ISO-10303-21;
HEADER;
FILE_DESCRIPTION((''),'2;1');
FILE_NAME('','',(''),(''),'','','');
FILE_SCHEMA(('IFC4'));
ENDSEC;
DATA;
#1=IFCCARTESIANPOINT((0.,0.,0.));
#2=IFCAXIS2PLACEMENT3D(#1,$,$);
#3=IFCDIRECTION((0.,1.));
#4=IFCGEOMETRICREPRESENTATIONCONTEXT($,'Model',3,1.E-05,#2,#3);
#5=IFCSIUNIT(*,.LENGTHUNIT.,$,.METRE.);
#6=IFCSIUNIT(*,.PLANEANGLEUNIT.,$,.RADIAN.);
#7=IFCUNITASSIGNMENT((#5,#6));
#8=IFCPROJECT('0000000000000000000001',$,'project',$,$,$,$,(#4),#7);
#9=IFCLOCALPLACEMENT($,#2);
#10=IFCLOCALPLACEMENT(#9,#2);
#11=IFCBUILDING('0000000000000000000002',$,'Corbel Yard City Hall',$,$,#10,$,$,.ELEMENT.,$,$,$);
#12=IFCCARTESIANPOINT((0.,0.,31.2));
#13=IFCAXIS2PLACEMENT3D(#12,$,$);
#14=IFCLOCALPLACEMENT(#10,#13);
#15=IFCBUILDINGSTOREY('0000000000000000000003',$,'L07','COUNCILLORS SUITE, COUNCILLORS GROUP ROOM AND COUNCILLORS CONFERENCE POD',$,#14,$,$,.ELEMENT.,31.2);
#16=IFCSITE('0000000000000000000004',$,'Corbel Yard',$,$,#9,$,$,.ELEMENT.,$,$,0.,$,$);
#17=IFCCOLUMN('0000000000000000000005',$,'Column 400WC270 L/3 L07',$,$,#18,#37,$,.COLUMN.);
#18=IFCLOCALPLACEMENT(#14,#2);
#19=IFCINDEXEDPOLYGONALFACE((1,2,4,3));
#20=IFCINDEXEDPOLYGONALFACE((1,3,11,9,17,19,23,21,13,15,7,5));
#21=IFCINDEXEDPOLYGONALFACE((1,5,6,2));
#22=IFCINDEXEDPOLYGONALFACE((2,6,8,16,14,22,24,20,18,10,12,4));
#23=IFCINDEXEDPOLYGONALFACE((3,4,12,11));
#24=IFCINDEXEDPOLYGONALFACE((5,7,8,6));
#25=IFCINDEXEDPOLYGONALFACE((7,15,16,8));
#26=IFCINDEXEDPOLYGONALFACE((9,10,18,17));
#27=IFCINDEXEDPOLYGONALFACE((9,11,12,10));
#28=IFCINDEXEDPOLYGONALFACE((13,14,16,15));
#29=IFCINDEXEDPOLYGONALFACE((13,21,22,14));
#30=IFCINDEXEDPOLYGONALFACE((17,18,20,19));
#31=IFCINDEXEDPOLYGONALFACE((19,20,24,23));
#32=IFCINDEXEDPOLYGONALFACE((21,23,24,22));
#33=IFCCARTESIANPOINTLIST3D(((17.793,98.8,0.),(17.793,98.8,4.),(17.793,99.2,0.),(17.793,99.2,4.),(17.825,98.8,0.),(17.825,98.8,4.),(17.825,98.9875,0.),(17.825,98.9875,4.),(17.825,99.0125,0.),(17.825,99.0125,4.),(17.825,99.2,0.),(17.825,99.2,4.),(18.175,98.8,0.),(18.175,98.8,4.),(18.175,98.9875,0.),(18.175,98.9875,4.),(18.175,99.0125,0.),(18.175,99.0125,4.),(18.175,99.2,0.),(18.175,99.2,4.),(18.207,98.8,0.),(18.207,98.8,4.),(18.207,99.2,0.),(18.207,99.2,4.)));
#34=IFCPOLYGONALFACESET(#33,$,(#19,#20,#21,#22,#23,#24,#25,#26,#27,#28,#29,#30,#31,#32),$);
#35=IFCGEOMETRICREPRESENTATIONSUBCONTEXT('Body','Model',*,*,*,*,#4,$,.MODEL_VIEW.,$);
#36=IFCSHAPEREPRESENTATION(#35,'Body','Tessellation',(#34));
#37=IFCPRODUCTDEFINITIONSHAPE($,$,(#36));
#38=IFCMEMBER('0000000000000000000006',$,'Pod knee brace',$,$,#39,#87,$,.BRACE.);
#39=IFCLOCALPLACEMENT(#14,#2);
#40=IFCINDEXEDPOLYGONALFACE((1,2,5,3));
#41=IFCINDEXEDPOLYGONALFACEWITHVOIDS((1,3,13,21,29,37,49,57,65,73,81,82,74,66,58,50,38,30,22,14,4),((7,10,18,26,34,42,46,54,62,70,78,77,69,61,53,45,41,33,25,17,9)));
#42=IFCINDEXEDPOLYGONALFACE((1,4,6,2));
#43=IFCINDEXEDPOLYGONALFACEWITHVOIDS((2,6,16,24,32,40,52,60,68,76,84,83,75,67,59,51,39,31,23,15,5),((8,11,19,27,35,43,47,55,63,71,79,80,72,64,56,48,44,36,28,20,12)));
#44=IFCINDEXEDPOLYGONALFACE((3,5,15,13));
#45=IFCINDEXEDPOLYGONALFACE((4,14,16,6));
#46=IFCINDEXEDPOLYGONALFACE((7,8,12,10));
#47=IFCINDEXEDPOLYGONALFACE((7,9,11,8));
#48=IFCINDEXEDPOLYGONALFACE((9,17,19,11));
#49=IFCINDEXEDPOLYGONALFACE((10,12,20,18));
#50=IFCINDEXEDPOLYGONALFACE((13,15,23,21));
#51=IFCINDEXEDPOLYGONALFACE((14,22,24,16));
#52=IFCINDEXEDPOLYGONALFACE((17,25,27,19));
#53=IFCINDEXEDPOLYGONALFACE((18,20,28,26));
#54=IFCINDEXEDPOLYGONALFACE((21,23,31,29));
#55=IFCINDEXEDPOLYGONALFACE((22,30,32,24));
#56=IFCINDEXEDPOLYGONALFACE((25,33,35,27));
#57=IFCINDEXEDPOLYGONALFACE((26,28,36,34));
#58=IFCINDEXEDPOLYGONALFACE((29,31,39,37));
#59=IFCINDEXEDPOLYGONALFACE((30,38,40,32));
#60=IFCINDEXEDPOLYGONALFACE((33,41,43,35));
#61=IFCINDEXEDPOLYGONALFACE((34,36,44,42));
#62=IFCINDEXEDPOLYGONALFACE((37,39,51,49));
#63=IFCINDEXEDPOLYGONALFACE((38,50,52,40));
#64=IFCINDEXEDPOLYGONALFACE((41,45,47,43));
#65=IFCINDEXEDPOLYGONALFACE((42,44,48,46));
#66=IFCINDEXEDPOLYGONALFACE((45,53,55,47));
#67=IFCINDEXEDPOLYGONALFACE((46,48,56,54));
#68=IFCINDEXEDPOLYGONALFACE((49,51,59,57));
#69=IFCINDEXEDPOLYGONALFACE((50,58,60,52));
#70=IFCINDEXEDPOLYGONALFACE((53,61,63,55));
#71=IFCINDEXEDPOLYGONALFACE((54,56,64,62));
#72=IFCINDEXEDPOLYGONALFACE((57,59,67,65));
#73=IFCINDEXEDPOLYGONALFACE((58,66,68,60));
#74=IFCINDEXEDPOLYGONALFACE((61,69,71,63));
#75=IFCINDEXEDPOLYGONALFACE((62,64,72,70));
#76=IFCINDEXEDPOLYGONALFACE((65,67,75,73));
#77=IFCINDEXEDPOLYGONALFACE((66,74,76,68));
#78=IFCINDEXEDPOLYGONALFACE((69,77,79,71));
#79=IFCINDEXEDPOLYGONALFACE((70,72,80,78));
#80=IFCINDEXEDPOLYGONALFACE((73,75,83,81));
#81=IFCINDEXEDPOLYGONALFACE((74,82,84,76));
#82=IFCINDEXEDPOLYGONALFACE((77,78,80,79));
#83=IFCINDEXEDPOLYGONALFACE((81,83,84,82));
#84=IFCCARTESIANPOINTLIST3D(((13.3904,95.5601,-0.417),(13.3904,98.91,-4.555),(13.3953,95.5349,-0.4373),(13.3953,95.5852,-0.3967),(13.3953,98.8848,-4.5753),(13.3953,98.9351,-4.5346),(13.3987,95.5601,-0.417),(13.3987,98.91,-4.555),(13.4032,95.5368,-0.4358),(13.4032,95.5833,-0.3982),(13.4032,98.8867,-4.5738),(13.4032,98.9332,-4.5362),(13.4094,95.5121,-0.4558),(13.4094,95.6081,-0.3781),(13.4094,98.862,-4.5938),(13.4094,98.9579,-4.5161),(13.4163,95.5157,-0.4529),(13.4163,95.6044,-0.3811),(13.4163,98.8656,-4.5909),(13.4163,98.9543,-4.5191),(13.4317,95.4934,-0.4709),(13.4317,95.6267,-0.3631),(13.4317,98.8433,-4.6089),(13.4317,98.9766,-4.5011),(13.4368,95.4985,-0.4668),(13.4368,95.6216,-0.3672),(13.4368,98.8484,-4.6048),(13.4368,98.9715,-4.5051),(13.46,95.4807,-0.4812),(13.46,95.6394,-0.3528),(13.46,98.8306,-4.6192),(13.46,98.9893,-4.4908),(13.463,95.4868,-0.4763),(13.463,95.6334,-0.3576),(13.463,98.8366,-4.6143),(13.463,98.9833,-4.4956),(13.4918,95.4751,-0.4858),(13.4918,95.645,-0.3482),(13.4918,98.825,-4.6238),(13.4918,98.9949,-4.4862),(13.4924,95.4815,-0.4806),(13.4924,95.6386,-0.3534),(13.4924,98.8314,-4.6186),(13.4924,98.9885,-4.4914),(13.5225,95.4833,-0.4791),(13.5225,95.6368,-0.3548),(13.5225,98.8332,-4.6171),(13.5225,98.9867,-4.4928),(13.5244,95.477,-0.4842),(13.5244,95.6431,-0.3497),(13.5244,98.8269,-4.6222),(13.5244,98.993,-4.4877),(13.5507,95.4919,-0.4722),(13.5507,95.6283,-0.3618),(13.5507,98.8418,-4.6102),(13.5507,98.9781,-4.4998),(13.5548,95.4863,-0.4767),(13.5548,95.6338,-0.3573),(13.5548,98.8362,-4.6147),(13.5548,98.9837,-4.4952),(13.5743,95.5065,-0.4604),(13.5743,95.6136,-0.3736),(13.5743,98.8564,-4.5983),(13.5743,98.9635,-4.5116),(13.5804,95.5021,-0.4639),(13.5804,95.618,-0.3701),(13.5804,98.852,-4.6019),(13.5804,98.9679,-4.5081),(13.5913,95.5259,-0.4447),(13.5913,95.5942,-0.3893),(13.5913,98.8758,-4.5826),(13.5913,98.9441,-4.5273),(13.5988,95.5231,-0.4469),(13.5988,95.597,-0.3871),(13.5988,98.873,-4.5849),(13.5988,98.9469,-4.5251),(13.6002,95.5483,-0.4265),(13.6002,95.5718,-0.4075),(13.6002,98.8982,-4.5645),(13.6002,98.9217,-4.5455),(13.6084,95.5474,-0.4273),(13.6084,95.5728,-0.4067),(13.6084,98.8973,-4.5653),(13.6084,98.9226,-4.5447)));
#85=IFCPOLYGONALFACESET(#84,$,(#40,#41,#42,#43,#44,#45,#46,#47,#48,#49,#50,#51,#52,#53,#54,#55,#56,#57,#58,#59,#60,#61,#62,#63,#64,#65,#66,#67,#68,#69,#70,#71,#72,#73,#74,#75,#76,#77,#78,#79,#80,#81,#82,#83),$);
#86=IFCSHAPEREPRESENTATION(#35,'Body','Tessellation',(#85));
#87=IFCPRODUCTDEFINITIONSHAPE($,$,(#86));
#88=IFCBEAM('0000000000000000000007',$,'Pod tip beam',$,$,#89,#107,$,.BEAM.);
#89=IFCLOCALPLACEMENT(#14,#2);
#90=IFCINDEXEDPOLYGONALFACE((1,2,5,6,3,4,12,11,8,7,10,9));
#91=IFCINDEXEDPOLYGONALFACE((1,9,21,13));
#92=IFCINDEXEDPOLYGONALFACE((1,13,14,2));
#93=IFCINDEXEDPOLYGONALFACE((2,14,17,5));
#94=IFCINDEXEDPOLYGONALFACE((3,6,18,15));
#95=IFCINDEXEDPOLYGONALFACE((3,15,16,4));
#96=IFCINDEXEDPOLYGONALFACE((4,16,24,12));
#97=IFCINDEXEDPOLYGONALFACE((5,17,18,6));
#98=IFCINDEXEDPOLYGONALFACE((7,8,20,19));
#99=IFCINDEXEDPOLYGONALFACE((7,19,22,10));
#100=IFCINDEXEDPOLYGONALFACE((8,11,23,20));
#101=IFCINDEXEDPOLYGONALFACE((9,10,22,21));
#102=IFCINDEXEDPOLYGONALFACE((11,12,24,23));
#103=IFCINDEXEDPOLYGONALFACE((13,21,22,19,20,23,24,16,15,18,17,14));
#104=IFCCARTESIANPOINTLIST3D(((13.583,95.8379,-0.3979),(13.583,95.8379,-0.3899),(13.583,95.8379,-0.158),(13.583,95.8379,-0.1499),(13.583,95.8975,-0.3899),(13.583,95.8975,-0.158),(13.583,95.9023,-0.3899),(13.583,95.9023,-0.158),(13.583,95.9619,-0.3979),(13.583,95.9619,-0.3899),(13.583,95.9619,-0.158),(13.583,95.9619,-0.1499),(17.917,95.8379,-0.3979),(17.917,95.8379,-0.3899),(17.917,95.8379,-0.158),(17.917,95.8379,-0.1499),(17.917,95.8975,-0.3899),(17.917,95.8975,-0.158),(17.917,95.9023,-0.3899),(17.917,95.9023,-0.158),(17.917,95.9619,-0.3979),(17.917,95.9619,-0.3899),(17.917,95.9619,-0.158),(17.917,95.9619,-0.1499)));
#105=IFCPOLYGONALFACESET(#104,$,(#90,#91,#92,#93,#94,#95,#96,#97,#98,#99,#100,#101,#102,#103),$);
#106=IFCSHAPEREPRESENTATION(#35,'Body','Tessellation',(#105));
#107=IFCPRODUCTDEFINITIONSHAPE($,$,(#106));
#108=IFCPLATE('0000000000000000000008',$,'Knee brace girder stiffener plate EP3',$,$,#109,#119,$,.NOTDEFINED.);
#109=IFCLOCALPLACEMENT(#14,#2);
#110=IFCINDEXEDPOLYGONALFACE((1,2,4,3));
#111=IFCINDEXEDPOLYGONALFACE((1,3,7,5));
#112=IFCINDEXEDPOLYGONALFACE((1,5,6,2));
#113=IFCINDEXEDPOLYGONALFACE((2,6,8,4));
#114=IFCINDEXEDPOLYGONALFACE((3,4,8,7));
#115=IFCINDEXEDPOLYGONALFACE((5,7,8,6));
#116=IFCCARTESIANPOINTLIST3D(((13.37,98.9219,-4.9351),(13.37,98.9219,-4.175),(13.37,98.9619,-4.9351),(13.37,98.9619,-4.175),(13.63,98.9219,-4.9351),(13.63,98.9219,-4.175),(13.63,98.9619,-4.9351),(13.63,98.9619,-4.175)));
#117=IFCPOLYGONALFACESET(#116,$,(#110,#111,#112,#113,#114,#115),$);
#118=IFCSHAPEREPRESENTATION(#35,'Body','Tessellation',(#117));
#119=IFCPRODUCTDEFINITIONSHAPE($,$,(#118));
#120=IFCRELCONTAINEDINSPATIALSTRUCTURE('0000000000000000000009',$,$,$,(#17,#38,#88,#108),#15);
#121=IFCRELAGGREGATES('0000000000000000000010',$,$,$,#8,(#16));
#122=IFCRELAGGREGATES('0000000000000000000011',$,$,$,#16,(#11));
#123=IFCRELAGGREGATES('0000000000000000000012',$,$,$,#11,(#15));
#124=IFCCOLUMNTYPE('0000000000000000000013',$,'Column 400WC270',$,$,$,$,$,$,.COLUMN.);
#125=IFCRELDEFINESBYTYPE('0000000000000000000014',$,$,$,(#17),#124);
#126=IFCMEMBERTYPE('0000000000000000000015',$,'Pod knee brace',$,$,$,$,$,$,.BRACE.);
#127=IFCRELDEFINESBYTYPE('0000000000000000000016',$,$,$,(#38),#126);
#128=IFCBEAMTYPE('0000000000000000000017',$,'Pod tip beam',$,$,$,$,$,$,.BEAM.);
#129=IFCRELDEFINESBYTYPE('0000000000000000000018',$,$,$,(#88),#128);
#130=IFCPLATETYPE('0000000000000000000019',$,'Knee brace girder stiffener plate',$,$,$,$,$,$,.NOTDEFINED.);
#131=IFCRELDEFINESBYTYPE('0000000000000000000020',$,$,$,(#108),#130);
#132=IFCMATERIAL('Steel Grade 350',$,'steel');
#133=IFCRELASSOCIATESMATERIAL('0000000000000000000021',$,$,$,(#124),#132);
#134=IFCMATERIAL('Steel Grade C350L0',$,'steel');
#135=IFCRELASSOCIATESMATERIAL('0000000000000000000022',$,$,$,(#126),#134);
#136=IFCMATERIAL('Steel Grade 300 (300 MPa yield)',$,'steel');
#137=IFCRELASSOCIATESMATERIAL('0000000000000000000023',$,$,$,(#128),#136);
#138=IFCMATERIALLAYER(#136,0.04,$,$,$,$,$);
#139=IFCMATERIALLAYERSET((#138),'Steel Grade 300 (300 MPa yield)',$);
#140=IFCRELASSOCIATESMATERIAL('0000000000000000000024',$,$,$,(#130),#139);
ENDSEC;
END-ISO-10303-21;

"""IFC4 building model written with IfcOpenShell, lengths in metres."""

from ifc_helpers import new_model, si_unit, direction, frame, origin, origin_2d, place, context, subcontext, project, spatial, rectangle, hollow_circle, i_section, extrude, material, layer, layer_set, material_profile, profile_set, type_object, element, save


model = new_model("IFC4")

# Units and contexts
model_context = context("Model", 3, precision=1e-05, world=origin(), true_north=direction((0.0, 1.0)))
body_context = subcontext(model_context, "Body", "Model", "MODEL_VIEW")
ifc_project = project(units=[si_unit("LENGTHUNIT", "METRE"), si_unit("PLANEANGLEUNIT", "RADIAN")], contexts=[model_context])

# Site, building, storey
site_placement = place(None, origin())
site = spatial("IfcSite", under=ifc_project, at=site_placement, Name="Corbel Yard", CompositionType="ELEMENT", RefElevation=0.0)
building_placement = place(site_placement, origin())
building = spatial("IfcBuilding", under=site, at=building_placement, Name="Corbel Yard City Hall", CompositionType="ELEMENT")
storey_placement = place(building_placement, frame((0.0, 0.0, 31.2)))
storey = spatial("IfcBuildingStorey", under=building, at=storey_placement, Name="L07", Description="COUNCILLORS SUITE, COUNCILLORS GROUP ROOM AND COUNCILLORS CONFERENCE POD", CompositionType="ELEMENT", Elevation=31.2)

# Column
ifc_material_1 = material(Name="Steel Grade 350", Category="steel")
ifc_material_profile_1 = material_profile(ifc_material_1, i_section(OverallWidth=0.3999, OverallDepth=0.4141, WebThickness=0.0249, FlangeThickness=0.032, at=origin_2d()), Name="400WC270")
ifc_profile_set_1 = profile_set([ifc_material_profile_1], Name="Steel Grade 350")
column_type = type_object("IfcColumnType", Name="Column 400WC270", PredefinedType="COLUMN", material=ifc_profile_set_1)
column_placement = place(storey_placement, frame((18.0, 99.0, 0.0), z_axis=(0.0, 0.0, 1.0), x_axis=(0.0, 1.0, 0.0)))
element("IfcColumn", 1, at=column_placement, inside=storey, type_object=column_type, Name="Column 400WC270 L/3 L07", PredefinedType="COLUMN", context=body_context, shape_type="SweptSolid", body=[
    extrude(i_section(OverallWidth=0.3999, OverallDepth=0.4141, WebThickness=0.0249, FlangeThickness=0.032, at=origin_2d()), origin(), (0.0, 0.0, 1.0), 4.0),
])

# Member
ifc_material_2 = material(Name="Steel Grade C350L0", Category="steel")
ifc_material_profile_2 = material_profile(ifc_material_2, hollow_circle(Radius=0.1096, WallThickness=0.0083, at=origin_2d()), Name="219.1x8.2CHS")
ifc_profile_set_2 = profile_set([ifc_material_profile_2], Name="Steel Grade C350L0")
member_type = type_object("IfcMemberType", Name="Pod knee brace", PredefinedType="BRACE", material=ifc_profile_set_2)
member_placement = place(storey_placement, frame((13.5, 95.5601, -0.417), z_axis=(0.0, 0.629209, -0.777236), x_axis=(-1.0, 0.0, 0.0)))
element("IfcMember", 2, at=member_placement, inside=storey, type_object=member_type, Name="Pod knee brace", PredefinedType="BRACE", context=body_context, shape_type="SweptSolid", body=[
    extrude(hollow_circle(Radius=0.1096, WallThickness=0.0083, at=origin_2d()), origin(), (0.0, 0.0, 1.0), 5.324),
])

# Beam
ifc_material_3 = material(Name="Steel Grade 300 (300 MPa yield)", Category="steel")
ifc_material_profile_3 = material_profile(ifc_material_3, i_section(OverallWidth=0.124, OverallDepth=0.248, WebThickness=0.0049, FlangeThickness=0.0081, at=origin_2d()), Name="250UB25.7")
ifc_profile_set_3 = profile_set([ifc_material_profile_3], Name="Steel Grade 300 (300 MPa yield)")
beam_type = type_object("IfcBeamType", Name="Pod tip beam", PredefinedType="BEAM", material=ifc_profile_set_3)
beam_placement = place(storey_placement, frame((13.583, 95.8999, -0.2739), z_axis=(1.0, 0.0, 0.0), x_axis=(0.0, 1.0, 0.0)))
element("IfcBeam", 3, at=beam_placement, inside=storey, type_object=beam_type, Name="Pod tip beam", PredefinedType="BEAM", context=body_context, shape_type="SweptSolid", body=[
    extrude(i_section(OverallWidth=0.124, OverallDepth=0.248, WebThickness=0.0049, FlangeThickness=0.0081, at=origin_2d()), origin(), (0.0, 0.0, 1.0), 4.334),
])

# Plate
ifc_layer_1 = layer(ifc_material_3, 0.04)
ifc_layer_set_1 = layer_set([ifc_layer_1], Name="Steel Grade 300 (300 MPa yield)")
plate_type = type_object("IfcPlateType", Name="Knee brace girder stiffener plate", PredefinedType="NOTDEFINED", material=ifc_layer_set_1)
plate_placement = place(storey_placement, frame((13.5, 98.9419, -4.9351), z_axis=(0.0, 0.0, 1.0), x_axis=(1.0, 0.0, 0.0)))
element("IfcPlate", 4, at=plate_placement, inside=storey, type_object=plate_type, Name="Knee brace girder stiffener plate EP3", PredefinedType="NOTDEFINED", context=body_context, shape_type="SweptSolid", body=[
    extrude(rectangle(XDim=0.26, YDim=0.04, at=origin_2d()), origin(), (0.0, 0.0, 1.0), 0.76),
])

save(model, "model.ifc")
